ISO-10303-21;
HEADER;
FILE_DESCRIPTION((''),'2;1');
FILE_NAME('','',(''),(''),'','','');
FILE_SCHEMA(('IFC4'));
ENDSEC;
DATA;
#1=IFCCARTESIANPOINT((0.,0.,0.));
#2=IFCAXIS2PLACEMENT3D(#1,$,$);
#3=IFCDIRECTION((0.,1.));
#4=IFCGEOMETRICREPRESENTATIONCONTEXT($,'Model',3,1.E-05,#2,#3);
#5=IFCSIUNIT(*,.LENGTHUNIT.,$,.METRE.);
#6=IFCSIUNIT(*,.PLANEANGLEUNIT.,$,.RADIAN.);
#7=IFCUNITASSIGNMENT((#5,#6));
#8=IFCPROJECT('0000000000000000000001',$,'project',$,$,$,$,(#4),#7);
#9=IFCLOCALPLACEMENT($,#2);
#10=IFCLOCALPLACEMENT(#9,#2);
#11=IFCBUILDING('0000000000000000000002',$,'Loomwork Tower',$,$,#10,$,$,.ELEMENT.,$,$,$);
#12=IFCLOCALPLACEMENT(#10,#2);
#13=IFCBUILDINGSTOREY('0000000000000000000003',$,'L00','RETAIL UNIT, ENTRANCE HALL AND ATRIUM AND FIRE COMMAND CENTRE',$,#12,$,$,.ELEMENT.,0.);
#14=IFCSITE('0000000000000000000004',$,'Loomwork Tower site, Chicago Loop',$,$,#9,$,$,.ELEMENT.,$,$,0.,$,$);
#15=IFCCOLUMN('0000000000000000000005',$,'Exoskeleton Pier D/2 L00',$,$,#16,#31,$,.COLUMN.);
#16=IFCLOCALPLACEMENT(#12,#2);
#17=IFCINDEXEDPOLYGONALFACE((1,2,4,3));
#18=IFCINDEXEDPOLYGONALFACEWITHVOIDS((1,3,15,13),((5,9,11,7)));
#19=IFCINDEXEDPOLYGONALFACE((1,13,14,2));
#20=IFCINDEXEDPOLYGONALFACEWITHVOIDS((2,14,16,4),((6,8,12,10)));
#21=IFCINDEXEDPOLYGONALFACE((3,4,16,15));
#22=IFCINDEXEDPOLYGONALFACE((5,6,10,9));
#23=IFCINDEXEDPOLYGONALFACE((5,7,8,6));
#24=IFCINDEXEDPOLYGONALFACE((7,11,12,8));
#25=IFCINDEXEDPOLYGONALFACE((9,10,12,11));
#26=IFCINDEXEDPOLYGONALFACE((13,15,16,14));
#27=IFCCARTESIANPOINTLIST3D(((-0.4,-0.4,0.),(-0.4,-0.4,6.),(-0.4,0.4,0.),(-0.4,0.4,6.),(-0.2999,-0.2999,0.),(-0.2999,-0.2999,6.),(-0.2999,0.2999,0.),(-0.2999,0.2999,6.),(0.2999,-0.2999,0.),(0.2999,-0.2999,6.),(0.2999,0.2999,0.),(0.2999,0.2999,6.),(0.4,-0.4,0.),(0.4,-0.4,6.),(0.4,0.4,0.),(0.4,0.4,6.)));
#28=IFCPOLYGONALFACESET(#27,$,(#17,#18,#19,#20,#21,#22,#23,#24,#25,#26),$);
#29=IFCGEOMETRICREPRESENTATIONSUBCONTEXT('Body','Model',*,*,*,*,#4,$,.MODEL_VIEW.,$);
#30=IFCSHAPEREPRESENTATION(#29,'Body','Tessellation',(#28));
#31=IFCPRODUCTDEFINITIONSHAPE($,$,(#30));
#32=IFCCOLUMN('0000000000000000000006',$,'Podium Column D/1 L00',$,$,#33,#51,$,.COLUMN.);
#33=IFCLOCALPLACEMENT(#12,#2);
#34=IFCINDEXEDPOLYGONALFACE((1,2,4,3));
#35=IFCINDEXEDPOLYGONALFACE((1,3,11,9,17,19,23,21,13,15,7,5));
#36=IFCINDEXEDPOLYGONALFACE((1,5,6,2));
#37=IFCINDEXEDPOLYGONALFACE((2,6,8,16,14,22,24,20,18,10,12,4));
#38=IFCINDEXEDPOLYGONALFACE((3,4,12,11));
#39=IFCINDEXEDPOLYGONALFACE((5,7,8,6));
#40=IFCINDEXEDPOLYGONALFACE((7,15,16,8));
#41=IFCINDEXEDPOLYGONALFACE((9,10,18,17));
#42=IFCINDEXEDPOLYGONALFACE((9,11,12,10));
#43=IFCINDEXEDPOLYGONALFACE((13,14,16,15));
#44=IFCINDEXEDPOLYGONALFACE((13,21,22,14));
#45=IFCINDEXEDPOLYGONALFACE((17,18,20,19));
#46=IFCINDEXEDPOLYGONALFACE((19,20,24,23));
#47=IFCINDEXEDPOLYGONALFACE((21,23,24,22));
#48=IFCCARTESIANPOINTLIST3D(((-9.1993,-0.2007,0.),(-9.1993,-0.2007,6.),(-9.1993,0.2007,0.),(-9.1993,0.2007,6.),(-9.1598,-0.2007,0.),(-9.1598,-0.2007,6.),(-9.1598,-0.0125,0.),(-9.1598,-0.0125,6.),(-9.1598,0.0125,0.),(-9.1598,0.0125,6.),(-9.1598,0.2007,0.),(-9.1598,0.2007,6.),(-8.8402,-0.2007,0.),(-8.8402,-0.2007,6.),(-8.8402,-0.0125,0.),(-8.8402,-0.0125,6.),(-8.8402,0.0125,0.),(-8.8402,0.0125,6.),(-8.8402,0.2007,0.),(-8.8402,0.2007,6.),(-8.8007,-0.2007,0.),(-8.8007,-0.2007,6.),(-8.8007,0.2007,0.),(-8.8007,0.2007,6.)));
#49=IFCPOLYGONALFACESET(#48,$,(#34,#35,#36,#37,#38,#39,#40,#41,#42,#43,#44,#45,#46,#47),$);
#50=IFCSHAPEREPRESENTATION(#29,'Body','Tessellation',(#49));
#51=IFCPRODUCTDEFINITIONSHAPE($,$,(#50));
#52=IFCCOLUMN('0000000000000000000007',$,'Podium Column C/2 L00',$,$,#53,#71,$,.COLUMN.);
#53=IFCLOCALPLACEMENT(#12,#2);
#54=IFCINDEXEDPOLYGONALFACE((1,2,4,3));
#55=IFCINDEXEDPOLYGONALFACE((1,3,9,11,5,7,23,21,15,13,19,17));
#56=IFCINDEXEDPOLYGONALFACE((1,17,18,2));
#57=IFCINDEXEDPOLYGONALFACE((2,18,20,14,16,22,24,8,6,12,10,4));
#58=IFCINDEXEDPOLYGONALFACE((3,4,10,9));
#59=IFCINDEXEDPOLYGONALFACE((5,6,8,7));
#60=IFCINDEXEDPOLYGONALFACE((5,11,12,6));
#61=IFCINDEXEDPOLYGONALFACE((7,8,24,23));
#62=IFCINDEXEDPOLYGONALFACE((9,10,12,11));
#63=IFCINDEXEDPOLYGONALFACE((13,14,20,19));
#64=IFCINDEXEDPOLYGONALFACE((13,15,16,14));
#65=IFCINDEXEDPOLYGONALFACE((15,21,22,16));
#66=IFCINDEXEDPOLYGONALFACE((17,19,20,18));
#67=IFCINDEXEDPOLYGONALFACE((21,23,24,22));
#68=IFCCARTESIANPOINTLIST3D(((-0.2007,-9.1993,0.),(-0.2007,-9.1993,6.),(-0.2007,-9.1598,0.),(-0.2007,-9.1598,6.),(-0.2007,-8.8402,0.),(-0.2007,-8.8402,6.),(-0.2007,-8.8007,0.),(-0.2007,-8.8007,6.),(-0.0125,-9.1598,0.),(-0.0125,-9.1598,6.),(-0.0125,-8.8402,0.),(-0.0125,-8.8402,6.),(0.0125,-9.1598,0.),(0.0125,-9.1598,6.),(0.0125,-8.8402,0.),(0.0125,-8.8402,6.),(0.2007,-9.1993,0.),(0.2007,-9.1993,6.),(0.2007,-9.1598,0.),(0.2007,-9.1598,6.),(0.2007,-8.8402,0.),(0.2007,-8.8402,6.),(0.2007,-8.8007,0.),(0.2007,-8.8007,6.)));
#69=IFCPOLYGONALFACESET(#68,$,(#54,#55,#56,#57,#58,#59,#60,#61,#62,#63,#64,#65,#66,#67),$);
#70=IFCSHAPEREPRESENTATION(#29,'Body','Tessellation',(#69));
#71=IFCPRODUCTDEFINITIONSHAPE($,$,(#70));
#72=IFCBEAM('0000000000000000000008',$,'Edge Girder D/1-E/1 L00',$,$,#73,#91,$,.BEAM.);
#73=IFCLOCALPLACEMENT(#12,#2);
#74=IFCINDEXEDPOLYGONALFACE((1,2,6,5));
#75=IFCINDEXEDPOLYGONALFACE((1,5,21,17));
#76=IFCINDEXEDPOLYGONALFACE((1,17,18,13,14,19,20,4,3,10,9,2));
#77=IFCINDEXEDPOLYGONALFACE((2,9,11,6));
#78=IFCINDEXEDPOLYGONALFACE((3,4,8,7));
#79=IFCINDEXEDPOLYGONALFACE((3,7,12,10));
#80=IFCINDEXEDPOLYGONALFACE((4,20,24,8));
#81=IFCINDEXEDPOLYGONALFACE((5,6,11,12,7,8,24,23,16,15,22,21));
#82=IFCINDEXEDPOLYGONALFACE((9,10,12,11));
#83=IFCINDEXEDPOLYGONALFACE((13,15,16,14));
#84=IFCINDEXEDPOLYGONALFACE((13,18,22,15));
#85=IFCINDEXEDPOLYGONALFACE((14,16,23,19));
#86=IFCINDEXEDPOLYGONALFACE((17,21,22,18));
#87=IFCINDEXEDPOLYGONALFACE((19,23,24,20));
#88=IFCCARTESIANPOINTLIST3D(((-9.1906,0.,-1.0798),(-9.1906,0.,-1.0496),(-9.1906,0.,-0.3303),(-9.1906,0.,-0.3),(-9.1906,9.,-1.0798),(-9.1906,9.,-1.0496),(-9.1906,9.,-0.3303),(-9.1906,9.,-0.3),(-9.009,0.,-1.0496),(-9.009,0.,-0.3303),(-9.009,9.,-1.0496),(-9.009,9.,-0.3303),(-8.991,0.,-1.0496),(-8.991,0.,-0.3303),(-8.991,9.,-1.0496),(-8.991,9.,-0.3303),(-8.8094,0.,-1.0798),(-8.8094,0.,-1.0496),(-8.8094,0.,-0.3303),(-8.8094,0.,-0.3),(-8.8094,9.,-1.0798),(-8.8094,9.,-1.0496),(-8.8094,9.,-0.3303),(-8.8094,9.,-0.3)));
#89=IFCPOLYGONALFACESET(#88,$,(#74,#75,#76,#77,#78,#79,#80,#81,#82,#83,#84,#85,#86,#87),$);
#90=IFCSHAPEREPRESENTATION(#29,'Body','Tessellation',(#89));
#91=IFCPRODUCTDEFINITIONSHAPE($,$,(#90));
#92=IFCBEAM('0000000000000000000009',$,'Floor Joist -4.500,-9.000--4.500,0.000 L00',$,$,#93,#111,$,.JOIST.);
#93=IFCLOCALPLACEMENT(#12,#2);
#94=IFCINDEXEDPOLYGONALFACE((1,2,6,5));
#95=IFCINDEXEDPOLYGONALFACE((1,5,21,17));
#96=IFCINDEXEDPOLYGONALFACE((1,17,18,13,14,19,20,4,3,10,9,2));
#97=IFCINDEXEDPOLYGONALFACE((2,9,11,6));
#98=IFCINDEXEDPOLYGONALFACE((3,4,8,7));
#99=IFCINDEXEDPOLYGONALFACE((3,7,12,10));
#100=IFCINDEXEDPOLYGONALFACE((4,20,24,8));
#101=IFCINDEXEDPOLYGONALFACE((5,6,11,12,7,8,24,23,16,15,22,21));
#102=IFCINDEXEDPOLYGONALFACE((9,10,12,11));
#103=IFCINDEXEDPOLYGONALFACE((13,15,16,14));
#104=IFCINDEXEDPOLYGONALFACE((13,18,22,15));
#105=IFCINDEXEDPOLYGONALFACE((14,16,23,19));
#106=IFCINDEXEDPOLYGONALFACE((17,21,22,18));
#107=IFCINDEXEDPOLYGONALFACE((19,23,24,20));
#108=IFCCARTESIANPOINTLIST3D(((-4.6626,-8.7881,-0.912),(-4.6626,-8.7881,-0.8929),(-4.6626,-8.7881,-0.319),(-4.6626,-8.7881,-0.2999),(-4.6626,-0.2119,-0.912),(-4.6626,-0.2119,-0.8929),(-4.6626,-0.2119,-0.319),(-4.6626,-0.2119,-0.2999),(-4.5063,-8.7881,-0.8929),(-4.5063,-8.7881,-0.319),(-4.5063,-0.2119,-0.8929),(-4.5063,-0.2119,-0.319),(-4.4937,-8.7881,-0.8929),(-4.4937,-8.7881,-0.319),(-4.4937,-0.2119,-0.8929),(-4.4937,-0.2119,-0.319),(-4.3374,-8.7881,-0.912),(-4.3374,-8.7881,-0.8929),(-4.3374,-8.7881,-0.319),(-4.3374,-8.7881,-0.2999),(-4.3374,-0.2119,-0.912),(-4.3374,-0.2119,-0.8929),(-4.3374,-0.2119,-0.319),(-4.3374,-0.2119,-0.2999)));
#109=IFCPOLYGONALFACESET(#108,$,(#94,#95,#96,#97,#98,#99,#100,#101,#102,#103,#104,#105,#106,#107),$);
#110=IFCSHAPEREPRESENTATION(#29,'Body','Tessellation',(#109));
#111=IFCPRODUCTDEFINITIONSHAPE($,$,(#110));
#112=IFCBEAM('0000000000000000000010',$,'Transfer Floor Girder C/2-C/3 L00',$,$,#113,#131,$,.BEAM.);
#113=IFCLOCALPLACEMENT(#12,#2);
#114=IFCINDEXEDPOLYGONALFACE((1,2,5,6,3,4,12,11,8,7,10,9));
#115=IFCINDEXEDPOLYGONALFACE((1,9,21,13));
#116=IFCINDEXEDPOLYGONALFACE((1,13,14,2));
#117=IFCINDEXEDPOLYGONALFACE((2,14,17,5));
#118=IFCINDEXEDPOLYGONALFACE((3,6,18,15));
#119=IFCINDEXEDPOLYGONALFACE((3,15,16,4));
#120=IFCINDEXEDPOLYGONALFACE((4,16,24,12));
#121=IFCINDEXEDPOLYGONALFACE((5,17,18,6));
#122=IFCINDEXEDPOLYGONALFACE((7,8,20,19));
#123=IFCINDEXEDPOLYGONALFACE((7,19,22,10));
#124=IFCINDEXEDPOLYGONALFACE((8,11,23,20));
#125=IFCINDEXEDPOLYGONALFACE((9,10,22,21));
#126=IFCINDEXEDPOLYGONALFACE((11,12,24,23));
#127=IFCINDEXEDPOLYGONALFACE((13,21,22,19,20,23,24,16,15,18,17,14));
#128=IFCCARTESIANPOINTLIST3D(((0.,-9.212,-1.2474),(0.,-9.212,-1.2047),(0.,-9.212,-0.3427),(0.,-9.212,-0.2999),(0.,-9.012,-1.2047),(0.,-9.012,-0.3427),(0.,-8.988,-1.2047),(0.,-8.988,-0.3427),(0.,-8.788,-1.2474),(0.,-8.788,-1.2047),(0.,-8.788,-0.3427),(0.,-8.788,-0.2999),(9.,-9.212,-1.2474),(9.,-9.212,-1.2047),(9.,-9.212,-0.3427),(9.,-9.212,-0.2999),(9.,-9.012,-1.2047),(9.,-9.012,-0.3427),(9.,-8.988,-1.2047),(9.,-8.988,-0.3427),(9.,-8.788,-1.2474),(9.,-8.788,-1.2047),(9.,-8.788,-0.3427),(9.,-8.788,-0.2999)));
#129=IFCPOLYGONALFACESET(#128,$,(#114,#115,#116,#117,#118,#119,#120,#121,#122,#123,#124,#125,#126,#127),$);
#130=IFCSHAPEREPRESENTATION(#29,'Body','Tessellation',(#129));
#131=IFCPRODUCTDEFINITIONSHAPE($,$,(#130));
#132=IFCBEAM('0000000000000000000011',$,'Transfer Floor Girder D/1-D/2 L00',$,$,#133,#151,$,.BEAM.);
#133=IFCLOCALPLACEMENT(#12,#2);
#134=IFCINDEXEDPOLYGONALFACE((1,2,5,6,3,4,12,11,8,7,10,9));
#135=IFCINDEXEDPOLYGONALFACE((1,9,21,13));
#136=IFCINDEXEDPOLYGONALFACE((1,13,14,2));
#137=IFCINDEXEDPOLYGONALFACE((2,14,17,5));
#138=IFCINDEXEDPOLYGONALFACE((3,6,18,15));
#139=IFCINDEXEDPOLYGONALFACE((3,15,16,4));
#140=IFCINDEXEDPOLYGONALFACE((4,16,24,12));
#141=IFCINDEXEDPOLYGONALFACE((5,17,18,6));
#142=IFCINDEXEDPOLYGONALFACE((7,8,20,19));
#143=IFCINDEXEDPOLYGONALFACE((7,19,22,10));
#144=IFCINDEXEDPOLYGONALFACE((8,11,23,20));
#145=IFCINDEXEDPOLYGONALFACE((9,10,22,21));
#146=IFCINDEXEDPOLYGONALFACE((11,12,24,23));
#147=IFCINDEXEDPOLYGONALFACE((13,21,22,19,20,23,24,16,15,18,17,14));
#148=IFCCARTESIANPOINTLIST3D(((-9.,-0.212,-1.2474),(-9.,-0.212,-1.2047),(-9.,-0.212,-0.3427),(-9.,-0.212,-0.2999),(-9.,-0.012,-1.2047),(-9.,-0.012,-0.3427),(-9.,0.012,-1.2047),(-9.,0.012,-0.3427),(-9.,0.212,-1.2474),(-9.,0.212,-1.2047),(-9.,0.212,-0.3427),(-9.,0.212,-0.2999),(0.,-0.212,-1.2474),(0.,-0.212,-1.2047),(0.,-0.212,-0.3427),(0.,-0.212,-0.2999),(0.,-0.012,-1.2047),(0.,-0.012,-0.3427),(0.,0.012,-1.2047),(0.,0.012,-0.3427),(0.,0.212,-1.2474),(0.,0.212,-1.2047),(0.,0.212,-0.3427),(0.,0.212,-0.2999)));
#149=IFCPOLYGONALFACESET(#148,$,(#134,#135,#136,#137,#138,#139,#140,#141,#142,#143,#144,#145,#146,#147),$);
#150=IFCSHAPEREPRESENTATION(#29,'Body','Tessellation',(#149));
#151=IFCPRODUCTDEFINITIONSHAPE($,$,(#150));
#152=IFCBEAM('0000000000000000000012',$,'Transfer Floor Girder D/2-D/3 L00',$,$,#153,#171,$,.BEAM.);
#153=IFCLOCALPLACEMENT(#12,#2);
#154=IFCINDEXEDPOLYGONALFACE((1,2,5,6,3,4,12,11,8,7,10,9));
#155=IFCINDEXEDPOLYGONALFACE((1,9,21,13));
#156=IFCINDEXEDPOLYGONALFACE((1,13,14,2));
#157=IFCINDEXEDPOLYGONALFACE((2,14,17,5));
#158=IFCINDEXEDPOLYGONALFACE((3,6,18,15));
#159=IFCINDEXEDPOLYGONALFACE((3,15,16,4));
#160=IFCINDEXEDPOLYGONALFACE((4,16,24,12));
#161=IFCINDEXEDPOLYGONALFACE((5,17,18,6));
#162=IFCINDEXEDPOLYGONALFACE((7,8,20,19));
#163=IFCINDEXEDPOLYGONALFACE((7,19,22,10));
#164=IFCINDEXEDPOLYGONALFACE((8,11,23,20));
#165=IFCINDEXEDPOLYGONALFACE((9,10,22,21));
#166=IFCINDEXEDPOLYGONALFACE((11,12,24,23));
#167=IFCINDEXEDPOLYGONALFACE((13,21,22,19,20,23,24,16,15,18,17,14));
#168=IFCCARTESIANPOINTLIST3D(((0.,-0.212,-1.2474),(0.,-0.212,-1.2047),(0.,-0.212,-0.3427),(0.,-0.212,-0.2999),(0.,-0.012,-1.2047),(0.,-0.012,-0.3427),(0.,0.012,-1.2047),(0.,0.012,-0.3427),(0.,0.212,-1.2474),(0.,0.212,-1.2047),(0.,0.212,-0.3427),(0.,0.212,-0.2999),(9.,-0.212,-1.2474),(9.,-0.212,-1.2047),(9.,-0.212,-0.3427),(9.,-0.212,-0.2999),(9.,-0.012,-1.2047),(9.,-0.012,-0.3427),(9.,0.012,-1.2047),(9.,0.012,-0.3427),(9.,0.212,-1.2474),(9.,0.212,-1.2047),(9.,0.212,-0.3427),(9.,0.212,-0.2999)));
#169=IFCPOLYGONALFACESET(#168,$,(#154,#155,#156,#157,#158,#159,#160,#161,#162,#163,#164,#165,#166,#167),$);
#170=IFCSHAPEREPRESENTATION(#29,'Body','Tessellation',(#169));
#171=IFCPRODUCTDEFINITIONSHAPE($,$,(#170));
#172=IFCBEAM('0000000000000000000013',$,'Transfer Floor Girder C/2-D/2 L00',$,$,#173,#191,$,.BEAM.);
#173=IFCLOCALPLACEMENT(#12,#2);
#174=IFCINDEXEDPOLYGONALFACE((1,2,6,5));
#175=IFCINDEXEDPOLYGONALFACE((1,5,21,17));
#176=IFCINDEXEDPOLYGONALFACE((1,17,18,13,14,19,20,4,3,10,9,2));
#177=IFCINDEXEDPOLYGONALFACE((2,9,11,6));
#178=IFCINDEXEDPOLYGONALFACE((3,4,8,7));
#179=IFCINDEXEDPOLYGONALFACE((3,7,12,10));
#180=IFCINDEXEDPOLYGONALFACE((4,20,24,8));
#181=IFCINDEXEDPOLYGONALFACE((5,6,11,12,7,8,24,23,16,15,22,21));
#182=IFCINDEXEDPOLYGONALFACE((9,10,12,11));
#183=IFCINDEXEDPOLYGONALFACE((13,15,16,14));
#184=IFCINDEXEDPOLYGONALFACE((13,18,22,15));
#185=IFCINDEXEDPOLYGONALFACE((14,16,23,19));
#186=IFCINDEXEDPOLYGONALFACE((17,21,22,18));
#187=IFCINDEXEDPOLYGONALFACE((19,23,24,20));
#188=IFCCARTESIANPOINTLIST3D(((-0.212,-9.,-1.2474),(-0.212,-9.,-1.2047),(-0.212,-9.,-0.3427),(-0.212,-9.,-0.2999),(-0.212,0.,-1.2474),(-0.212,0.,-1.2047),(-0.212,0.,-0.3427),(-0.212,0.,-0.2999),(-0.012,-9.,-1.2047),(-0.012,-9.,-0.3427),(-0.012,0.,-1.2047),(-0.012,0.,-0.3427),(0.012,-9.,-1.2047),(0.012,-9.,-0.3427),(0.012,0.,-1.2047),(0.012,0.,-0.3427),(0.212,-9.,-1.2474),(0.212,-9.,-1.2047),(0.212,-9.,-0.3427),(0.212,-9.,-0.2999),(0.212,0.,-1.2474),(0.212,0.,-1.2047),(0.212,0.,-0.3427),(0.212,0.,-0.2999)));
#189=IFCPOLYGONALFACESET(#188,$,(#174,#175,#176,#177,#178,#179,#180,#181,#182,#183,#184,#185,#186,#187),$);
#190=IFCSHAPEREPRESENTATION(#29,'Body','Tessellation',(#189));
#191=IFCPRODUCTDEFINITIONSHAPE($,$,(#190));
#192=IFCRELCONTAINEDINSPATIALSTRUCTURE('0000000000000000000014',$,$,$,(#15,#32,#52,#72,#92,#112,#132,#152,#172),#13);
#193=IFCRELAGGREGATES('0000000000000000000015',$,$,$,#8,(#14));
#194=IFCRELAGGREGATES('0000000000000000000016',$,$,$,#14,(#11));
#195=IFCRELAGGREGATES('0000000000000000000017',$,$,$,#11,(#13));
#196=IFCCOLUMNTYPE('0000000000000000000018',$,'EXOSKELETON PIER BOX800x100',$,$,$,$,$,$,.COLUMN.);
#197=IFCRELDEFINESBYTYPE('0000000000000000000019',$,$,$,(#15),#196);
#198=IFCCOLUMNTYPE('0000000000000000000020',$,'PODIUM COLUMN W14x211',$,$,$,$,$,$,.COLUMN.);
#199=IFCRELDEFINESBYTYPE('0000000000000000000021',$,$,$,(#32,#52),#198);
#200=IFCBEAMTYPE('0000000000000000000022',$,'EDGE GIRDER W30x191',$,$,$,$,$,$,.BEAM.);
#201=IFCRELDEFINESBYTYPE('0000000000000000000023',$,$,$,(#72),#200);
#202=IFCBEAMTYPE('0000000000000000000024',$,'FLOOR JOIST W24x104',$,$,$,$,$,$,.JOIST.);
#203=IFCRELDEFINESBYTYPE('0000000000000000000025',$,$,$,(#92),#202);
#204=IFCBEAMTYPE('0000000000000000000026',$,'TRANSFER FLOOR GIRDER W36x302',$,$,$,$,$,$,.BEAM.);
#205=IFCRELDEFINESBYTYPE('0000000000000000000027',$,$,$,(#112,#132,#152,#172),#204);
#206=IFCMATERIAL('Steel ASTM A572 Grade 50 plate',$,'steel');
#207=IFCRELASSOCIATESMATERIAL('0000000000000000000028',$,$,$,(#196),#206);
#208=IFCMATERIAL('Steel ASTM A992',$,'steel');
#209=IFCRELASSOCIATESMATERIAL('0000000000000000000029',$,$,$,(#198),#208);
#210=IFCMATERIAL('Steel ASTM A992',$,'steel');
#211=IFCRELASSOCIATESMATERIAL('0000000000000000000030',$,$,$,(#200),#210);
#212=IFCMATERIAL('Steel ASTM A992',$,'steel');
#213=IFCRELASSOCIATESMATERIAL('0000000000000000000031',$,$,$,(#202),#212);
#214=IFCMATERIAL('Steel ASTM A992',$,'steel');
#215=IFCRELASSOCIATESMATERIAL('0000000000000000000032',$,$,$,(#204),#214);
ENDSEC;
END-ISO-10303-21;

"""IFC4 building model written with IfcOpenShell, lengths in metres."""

from ifc_helpers import new_model, si_unit, direction, frame, origin, origin_with_axes, origin_2d, place, context, subcontext, project, spatial, hollow_rectangle, i_section, extrude, material, material_profile, profile_set, type_object, element, save


model = new_model("IFC4")

# Units and contexts
model_context = context("Model", 3, precision=1e-05, world=origin(), true_north=direction((0.0, 1.0)))
body_context = subcontext(model_context, "Body", "Model", "MODEL_VIEW")
ifc_project = project(units=[si_unit("LENGTHUNIT", "METRE"), si_unit("PLANEANGLEUNIT", "RADIAN")], contexts=[model_context])

# Site, building, storey
site_placement = place(None, origin())
site = spatial("IfcSite", under=ifc_project, at=site_placement, Name="Loomwork Tower site, Chicago Loop", CompositionType="ELEMENT", RefElevation=0.0)
building_placement = place(site_placement, origin())
building = spatial("IfcBuilding", under=site, at=building_placement, Name="Loomwork Tower", CompositionType="ELEMENT")
storey_placement = place(building_placement, origin())
storey = spatial("IfcBuildingStorey", under=building, at=storey_placement, Name="L00", Description="RETAIL UNIT, ENTRANCE HALL AND ATRIUM AND FIRE COMMAND CENTRE", CompositionType="ELEMENT", Elevation=0.0)

# Columns
ifc_material_1 = material(Name="Steel ASTM A572 Grade 50 plate", Category="steel")
ifc_material_profile_1 = material_profile(ifc_material_1, hollow_rectangle(XDim=0.8, YDim=0.8, WallThickness=0.1001, at=origin_2d()), Name="BOX800x100")
ifc_profile_set_1 = profile_set([ifc_material_profile_1], Name="Steel ASTM A572 Grade 50 plate")
column_type_1 = type_object("IfcColumnType", Name="EXOSKELETON PIER BOX800x100", PredefinedType="COLUMN", material=ifc_profile_set_1)
column_placement = place(storey_placement, origin_with_axes())
element("IfcColumn", 1, at=column_placement, inside=storey, type_object=column_type_1, Name="Exoskeleton Pier D/2 L00", PredefinedType="COLUMN", context=body_context, shape_type="SweptSolid", body=[
    extrude(hollow_rectangle(XDim=0.8, YDim=0.8, WallThickness=0.1001, at=origin_2d()), origin(), (0.0, 0.0, 1.0), 6.0),
])
ifc_material_2 = material(Name="Steel ASTM A992", Category="steel")
ifc_material_profile_2 = material_profile(ifc_material_2, i_section(OverallWidth=0.4014, OverallDepth=0.3987, WebThickness=0.0249, FlangeThickness=0.0396, at=origin_2d()), Name="W14x211")
ifc_profile_set_2 = profile_set([ifc_material_profile_2], Name="Steel ASTM A992")
column_type_2 = type_object("IfcColumnType", Name="PODIUM COLUMN W14x211", PredefinedType="COLUMN", material=ifc_profile_set_2)
for number, where, z_axis, x_axis, name in (
    (2, (-9.0, 0.0, 0.0), (0.0, 0.0, 1.0), (0.0, 1.0, 0.0), "Podium Column D/1 L00"),
    (3, (0.0, -9.0, 0.0), (0.0, 0.0, 1.0), (1.0, 0.0, 0.0), "Podium Column C/2 L00"),
):
    element("IfcColumn", number, at=place(storey_placement, frame(where, z_axis=z_axis, x_axis=x_axis)), inside=storey, type_object=column_type_2, Name=name, PredefinedType="COLUMN", context=body_context, shape_type="SweptSolid", body=[
        extrude(i_section(OverallWidth=0.4014, OverallDepth=0.3987, WebThickness=0.0249, FlangeThickness=0.0396, at=origin_2d()), origin(), (0.0, 0.0, 1.0), 6.0),
    ])

# Beams
ifc_material_3 = material(Name="Steel ASTM A992", Category="steel")
ifc_material_profile_3 = material_profile(ifc_material_3, i_section(OverallWidth=0.3811, OverallDepth=0.7798, WebThickness=0.0181, FlangeThickness=0.0303, at=origin_2d()), Name="W30x191")
ifc_profile_set_3 = profile_set([ifc_material_profile_3], Name="Steel ASTM A992")
beam_type_1 = type_object("IfcBeamType", Name="EDGE GIRDER W30x191", PredefinedType="BEAM", material=ifc_profile_set_3)
beam_1_placement = place(storey_placement, frame((-9.0, 0.0, -0.6899), z_axis=(0.0, 1.0, 0.0), x_axis=(-1.0, 0.0, 0.0)))
element("IfcBeam", 4, at=beam_1_placement, inside=storey, type_object=beam_type_1, Name="Edge Girder D/1-E/1 L00", PredefinedType="BEAM", context=body_context, shape_type="SweptSolid", body=[
    extrude(i_section(OverallWidth=0.3811, OverallDepth=0.7798, WebThickness=0.0181, FlangeThickness=0.0303, at=origin_2d()), origin(), (0.0, 0.0, 1.0), 9.0),
])
ifc_material_4 = material(Name="Steel ASTM A992", Category="steel")
ifc_material_profile_4 = material_profile(ifc_material_4, i_section(OverallWidth=0.3252, OverallDepth=0.6121, WebThickness=0.0127, FlangeThickness=0.019, at=origin_2d()), Name="W24x104")
ifc_profile_set_4 = profile_set([ifc_material_profile_4], Name="Steel ASTM A992")
beam_type_2 = type_object("IfcBeamType", Name="FLOOR JOIST W24x104", PredefinedType="JOIST", material=ifc_profile_set_4)
beam_2_placement = place(storey_placement, frame((-4.5, -8.7881, -0.606), z_axis=(0.0, 1.0, 0.0), x_axis=(-1.0, 0.0, 0.0)))
element("IfcBeam", 5, at=beam_2_placement, inside=storey, type_object=beam_type_2, Name="Floor Joist -4.500,-9.000--4.500,0.000 L00", PredefinedType="JOIST", context=body_context, shape_type="SweptSolid", body=[
    extrude(i_section(OverallWidth=0.3252, OverallDepth=0.6121, WebThickness=0.0127, FlangeThickness=0.019, at=origin_2d()), origin(), (0.0, 0.0, 1.0), 8.5762),
])
ifc_material_5 = material(Name="Steel ASTM A992", Category="steel")
ifc_material_profile_5 = material_profile(ifc_material_5, i_section(OverallWidth=0.4241, OverallDepth=0.9475, WebThickness=0.0239, FlangeThickness=0.0427, at=origin_2d()), Name="W36x302")
ifc_profile_set_5 = profile_set([ifc_material_profile_5], Name="Steel ASTM A992")
beam_type_3 = type_object("IfcBeamType", Name="TRANSFER FLOOR GIRDER W36x302", PredefinedType="BEAM", material=ifc_profile_set_5)
for number, where, z_axis, x_axis, name in (
    (6, (0.0, -9.0, -0.7737), (1.0, 0.0, 0.0), (0.0, 1.0, 0.0), "Transfer Floor Girder C/2-C/3 L00"),
    (7, (-9.0, 0.0, -0.7737), (1.0, 0.0, 0.0), (0.0, 1.0, 0.0), "Transfer Floor Girder D/1-D/2 L00"),
    (8, (0.0, 0.0, -0.7737), (1.0, 0.0, 0.0), (0.0, 1.0, 0.0), "Transfer Floor Girder D/2-D/3 L00"),
    (9, (0.0, -9.0, -0.7737), (0.0, 1.0, 0.0), (-1.0, 0.0, 0.0), "Transfer Floor Girder C/2-D/2 L00"),
):
    element("IfcBeam", number, at=place(storey_placement, frame(where, z_axis=z_axis, x_axis=x_axis)), inside=storey, type_object=beam_type_3, Name=name, PredefinedType="BEAM", context=body_context, shape_type="SweptSolid", body=[
        extrude(i_section(OverallWidth=0.4241, OverallDepth=0.9475, WebThickness=0.0239, FlangeThickness=0.0427, at=origin_2d()), origin(), (0.0, 0.0, 1.0), 9.0),
    ])

save(model, "model.ifc")
